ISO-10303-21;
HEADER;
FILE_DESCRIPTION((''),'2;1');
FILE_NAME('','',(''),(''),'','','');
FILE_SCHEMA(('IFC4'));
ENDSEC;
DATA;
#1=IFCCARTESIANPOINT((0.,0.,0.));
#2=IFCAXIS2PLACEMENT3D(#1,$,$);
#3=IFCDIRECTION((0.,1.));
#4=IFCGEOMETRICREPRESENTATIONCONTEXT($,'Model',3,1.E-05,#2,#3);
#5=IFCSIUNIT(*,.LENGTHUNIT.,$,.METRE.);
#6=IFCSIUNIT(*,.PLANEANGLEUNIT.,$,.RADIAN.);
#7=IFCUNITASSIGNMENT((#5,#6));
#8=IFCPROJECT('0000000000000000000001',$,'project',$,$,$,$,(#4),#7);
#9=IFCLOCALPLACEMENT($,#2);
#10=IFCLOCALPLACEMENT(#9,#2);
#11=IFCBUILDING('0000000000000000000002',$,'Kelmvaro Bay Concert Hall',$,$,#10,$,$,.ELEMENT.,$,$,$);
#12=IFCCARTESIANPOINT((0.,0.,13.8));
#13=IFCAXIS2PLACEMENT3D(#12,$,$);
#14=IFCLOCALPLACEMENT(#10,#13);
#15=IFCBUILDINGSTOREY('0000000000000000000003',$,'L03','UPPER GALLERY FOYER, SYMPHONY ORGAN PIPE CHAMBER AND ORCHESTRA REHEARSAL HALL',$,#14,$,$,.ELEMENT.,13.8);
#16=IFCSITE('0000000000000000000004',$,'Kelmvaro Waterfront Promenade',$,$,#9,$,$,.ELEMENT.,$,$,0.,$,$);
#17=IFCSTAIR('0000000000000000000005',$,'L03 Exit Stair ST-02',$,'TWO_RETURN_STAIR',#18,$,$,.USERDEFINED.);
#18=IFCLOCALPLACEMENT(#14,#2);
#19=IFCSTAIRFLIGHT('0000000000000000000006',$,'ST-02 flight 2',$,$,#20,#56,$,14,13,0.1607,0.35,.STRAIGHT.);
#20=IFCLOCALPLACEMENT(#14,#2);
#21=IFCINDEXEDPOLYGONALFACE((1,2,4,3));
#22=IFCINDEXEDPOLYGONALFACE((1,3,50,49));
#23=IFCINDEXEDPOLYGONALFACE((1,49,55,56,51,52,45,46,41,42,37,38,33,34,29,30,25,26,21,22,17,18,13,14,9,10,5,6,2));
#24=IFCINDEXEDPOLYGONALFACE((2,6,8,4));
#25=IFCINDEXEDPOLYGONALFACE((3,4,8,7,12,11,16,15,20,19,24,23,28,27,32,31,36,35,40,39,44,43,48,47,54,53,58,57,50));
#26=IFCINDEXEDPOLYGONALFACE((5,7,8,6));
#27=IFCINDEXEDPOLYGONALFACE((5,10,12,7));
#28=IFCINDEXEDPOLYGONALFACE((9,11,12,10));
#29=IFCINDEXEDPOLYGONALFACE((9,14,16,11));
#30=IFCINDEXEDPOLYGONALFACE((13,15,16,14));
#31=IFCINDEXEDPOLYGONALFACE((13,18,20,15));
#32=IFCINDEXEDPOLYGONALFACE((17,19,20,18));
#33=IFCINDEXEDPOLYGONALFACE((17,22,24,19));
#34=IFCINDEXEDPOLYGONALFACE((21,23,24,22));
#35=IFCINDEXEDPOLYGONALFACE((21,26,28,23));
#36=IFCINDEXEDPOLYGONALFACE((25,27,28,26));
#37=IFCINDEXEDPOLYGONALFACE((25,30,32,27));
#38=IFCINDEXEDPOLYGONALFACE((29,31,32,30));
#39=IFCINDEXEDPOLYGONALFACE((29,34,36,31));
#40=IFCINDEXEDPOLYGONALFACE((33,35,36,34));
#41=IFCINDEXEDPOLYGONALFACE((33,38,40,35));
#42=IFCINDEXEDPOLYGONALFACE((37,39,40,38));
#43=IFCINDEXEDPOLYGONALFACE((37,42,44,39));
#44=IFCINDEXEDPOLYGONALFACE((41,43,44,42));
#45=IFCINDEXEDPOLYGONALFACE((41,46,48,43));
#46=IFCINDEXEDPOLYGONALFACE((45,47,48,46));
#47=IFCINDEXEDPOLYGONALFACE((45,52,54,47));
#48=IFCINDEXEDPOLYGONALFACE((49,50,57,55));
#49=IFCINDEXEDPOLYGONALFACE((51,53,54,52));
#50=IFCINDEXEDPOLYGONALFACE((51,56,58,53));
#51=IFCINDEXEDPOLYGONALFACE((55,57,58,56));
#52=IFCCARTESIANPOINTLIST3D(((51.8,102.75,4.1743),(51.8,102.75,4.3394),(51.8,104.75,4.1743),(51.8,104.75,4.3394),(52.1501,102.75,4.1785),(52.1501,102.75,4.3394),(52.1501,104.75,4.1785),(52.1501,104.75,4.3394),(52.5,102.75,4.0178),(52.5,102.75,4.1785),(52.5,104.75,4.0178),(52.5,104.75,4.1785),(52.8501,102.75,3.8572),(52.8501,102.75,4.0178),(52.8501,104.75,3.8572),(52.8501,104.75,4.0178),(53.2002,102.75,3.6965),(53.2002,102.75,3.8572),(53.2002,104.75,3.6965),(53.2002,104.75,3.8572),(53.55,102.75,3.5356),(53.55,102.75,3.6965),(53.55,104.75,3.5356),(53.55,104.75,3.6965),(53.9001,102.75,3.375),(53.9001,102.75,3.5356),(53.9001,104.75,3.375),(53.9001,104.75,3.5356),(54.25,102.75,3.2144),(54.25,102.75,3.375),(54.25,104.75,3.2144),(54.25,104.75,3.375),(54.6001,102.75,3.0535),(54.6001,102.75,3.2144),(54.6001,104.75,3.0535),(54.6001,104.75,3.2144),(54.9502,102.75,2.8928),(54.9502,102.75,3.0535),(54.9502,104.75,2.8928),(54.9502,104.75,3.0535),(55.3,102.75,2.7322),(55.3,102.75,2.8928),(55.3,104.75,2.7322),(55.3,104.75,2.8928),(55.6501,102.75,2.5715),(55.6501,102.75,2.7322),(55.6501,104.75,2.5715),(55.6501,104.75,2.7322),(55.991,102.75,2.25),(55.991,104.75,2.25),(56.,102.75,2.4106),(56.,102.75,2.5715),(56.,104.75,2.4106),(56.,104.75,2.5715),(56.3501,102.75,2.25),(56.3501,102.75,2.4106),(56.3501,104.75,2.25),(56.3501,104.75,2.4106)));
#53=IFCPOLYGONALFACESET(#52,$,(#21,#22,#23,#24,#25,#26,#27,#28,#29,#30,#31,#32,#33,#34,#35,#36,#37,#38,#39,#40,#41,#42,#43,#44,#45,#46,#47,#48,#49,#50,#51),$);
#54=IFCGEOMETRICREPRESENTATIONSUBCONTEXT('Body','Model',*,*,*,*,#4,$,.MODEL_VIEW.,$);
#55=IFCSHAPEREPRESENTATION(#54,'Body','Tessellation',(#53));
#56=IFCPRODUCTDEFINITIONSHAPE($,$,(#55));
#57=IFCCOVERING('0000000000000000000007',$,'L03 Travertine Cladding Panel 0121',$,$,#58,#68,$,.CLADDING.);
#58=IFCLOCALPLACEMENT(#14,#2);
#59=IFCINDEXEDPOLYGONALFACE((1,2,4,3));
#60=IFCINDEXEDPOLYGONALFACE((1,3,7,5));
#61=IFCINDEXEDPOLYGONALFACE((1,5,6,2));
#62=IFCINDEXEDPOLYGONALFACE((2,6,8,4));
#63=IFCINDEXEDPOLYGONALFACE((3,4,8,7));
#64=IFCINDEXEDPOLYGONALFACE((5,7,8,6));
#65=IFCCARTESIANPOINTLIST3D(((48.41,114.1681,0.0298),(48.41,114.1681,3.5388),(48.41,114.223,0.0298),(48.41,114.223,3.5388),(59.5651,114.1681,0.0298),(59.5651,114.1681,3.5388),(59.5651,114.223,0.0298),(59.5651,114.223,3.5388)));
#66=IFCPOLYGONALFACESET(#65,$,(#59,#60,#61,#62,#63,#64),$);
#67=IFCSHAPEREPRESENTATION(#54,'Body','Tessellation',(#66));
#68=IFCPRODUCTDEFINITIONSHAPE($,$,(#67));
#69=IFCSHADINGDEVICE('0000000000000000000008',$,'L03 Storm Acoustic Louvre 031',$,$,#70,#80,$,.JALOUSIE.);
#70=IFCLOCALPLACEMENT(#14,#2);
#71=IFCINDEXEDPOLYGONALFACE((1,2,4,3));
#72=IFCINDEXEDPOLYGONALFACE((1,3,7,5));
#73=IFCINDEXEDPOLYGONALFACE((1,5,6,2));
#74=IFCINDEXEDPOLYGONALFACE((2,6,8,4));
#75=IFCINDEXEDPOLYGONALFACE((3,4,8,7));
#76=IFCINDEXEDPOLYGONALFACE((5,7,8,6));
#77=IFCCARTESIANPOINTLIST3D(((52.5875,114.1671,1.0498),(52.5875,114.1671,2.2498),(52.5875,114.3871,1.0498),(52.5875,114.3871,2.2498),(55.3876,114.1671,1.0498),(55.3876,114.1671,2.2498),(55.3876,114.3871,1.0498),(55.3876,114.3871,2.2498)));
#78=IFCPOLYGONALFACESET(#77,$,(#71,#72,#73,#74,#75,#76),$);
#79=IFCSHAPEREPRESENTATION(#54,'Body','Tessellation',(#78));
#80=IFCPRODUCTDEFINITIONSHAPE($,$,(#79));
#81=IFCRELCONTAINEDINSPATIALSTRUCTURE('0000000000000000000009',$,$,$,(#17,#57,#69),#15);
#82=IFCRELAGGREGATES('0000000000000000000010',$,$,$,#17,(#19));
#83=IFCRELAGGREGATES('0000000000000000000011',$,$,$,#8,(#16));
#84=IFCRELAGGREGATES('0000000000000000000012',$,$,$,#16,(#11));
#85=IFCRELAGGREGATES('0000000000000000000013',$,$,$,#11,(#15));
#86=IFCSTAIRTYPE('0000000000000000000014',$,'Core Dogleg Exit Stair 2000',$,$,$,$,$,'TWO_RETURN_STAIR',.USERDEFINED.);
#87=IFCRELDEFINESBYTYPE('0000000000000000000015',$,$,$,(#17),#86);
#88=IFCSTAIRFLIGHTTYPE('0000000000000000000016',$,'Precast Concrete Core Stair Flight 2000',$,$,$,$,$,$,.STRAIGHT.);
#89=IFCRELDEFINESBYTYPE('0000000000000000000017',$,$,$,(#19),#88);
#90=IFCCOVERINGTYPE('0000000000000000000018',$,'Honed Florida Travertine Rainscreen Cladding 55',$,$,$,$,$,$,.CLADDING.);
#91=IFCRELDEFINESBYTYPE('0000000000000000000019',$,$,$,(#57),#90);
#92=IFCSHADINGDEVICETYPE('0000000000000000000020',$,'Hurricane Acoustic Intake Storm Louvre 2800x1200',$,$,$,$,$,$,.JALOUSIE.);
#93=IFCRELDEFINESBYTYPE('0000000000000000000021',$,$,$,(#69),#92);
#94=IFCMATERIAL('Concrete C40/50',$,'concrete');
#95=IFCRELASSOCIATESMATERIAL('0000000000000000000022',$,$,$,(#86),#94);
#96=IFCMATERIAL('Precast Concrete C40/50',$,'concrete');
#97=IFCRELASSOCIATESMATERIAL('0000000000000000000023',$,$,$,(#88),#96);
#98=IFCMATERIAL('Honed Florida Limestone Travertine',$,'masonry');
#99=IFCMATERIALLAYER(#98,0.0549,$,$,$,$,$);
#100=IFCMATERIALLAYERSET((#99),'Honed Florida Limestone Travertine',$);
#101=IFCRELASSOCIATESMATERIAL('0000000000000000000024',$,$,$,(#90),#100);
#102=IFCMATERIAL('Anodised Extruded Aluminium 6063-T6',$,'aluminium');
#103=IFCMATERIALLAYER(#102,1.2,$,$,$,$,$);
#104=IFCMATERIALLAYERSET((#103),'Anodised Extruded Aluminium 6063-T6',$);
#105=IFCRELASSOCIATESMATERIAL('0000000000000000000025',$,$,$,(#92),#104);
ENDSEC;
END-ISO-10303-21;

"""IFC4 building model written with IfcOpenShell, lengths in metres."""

from ifc_helpers import new_model, si_unit, direction, frame, origin, origin_2d, place, context, subcontext, project, spatial, polyline, rectangle, outline, extrude, material, layer, layer_set, type_object, element, aggregate, save


model = new_model("IFC4")

# Units and contexts
model_context = context("Model", 3, precision=1e-05, world=origin(), true_north=direction((0.0, 1.0)))
body_context = subcontext(model_context, "Body", "Model", "MODEL_VIEW")
ifc_project = project(units=[si_unit("LENGTHUNIT", "METRE"), si_unit("PLANEANGLEUNIT", "RADIAN")], contexts=[model_context])

# Site, building, storey
site_placement = place(None, origin())
site = spatial("IfcSite", under=ifc_project, at=site_placement, Name="Kelmvaro Waterfront Promenade", CompositionType="ELEMENT", RefElevation=0.0)
building_placement = place(site_placement, origin())
building = spatial("IfcBuilding", under=site, at=building_placement, Name="Kelmvaro Bay Concert Hall", CompositionType="ELEMENT")
storey_placement = place(building_placement, frame((0.0, 0.0, 13.8)))
storey = spatial("IfcBuildingStorey", under=building, at=storey_placement, Name="L03", Description="UPPER GALLERY FOYER, SYMPHONY ORGAN PIPE CHAMBER AND ORCHESTRA REHEARSAL HALL", CompositionType="ELEMENT", Elevation=13.8)

# Stair, stair flight
ifc_material_1 = material(Name="Concrete C40/50", Category="concrete")
stair_type = type_object("IfcStairType", Name="Core Dogleg Exit Stair 2000", ElementType="TWO_RETURN_STAIR", PredefinedType="USERDEFINED", material=ifc_material_1)
stair_placement = place(storey_placement, origin())
stair = element("IfcStair", 1, at=stair_placement, inside=storey, type_object=stair_type, Name="L03 Exit Stair ST-02", ObjectType="TWO_RETURN_STAIR", PredefinedType="USERDEFINED")
ifc_material_2 = material(Name="Precast Concrete C40/50", Category="concrete")
stair_flight_type = type_object("IfcStairFlightType", Name="Precast Concrete Core Stair Flight 2000", PredefinedType="STRAIGHT", material=ifc_material_2)
stair_flight_1_placement = place(storey_placement, frame((56.3501, 103.75, 2.25), z_axis=(0.0, 0.0, 1.0), x_axis=(-1.0, 0.0, 0.0)))
stair_flight_1 = element("IfcStairFlight", 2, at=stair_flight_1_placement, type_object=stair_flight_type, Name="ST-02 flight 2", NumberOfRisers=14, NumberOfTreads=13, PredefinedType="STRAIGHT", RiserHeight=0.1607, TreadLength=0.35, context=body_context, shape_type="SweptSolid", body=[
    extrude(outline(polyline([(0.0, 0.0), (0.0, 0.1606), (0.3501, 0.1606), (0.3501, 0.3215), (0.7, 0.3215), (0.7, 0.4822), (1.05, 0.4822), (1.05, 0.6428), (1.3999, 0.6428), (1.3999, 0.8035), (1.75, 0.8035), (1.75, 0.9644), (2.1001, 0.9644), (2.1001, 1.125), (2.45, 1.125), (2.45, 1.2856), (2.8, 1.2856), (2.8, 1.4465), (3.1499, 1.4465), (3.1499, 1.6072), (3.5, 1.6072), (3.5, 1.7678), (3.8501, 1.7678), (3.8501, 1.9285), (4.2, 1.9285), (4.2, 2.0894), (4.55, 2.0894), (4.55, 2.25), (4.55, 1.9243), (0.3591, 0.0), (0.0, 0.0)])), frame((0.0, 1.0, 0.0), z_axis=(0.0, -1.0, 0.0), x_axis=(1.0, 0.0, 0.0)), (0.0, 0.0, 1.0), 2.0),
])
aggregate(stair, [stair_flight_1])

# Covering
ifc_material_3 = material(Name="Honed Florida Limestone Travertine", Category="masonry")
ifc_layer_1 = layer(ifc_material_3, 0.0549)
ifc_layer_set_1 = layer_set([ifc_layer_1], Name="Honed Florida Limestone Travertine")
covering_type = type_object("IfcCoveringType", Name="Honed Florida Travertine Rainscreen Cladding 55", PredefinedType="CLADDING", material=ifc_layer_set_1)
covering_placement = place(storey_placement, frame((53.9875, 114.1956, 0.0298), z_axis=(0.0, 0.0, 1.0), x_axis=(1.0, 0.0, 0.0)))
element("IfcCovering", 3, at=covering_placement, inside=storey, type_object=covering_type, Name="L03 Travertine Cladding Panel 0121", PredefinedType="CLADDING", context=body_context, shape_type="SweptSolid", body=[
    extrude(rectangle(XDim=11.155, YDim=0.0549, at=origin_2d()), origin(), (0.0, 0.0, 1.0), 3.509),
])

# Shading device
ifc_material_4 = material(Name="Anodised Extruded Aluminium 6063-T6", Category="aluminium")
ifc_layer_2 = layer(ifc_material_4, 1.2)
ifc_layer_set_2 = layer_set([ifc_layer_2], Name="Anodised Extruded Aluminium 6063-T6")
shading_device_type = type_object("IfcShadingDeviceType", Name="Hurricane Acoustic Intake Storm Louvre 2800x1200", PredefinedType="JALOUSIE", material=ifc_layer_set_2)
shading_device_placement = place(storey_placement, frame((53.9875, 114.2771, 1.0498), z_axis=(0.0, 0.0, 1.0), x_axis=(1.0, 0.0, 0.0)))
element("IfcShadingDevice", 4, at=shading_device_placement, inside=storey, type_object=shading_device_type, Name="L03 Storm Acoustic Louvre 031", PredefinedType="JALOUSIE", context=body_context, shape_type="SweptSolid", body=[
    extrude(rectangle(XDim=2.8, YDim=0.22, at=origin_2d()), origin(), (0.0, 0.0, 1.0), 1.2),
])

save(model, "model.ifc")
